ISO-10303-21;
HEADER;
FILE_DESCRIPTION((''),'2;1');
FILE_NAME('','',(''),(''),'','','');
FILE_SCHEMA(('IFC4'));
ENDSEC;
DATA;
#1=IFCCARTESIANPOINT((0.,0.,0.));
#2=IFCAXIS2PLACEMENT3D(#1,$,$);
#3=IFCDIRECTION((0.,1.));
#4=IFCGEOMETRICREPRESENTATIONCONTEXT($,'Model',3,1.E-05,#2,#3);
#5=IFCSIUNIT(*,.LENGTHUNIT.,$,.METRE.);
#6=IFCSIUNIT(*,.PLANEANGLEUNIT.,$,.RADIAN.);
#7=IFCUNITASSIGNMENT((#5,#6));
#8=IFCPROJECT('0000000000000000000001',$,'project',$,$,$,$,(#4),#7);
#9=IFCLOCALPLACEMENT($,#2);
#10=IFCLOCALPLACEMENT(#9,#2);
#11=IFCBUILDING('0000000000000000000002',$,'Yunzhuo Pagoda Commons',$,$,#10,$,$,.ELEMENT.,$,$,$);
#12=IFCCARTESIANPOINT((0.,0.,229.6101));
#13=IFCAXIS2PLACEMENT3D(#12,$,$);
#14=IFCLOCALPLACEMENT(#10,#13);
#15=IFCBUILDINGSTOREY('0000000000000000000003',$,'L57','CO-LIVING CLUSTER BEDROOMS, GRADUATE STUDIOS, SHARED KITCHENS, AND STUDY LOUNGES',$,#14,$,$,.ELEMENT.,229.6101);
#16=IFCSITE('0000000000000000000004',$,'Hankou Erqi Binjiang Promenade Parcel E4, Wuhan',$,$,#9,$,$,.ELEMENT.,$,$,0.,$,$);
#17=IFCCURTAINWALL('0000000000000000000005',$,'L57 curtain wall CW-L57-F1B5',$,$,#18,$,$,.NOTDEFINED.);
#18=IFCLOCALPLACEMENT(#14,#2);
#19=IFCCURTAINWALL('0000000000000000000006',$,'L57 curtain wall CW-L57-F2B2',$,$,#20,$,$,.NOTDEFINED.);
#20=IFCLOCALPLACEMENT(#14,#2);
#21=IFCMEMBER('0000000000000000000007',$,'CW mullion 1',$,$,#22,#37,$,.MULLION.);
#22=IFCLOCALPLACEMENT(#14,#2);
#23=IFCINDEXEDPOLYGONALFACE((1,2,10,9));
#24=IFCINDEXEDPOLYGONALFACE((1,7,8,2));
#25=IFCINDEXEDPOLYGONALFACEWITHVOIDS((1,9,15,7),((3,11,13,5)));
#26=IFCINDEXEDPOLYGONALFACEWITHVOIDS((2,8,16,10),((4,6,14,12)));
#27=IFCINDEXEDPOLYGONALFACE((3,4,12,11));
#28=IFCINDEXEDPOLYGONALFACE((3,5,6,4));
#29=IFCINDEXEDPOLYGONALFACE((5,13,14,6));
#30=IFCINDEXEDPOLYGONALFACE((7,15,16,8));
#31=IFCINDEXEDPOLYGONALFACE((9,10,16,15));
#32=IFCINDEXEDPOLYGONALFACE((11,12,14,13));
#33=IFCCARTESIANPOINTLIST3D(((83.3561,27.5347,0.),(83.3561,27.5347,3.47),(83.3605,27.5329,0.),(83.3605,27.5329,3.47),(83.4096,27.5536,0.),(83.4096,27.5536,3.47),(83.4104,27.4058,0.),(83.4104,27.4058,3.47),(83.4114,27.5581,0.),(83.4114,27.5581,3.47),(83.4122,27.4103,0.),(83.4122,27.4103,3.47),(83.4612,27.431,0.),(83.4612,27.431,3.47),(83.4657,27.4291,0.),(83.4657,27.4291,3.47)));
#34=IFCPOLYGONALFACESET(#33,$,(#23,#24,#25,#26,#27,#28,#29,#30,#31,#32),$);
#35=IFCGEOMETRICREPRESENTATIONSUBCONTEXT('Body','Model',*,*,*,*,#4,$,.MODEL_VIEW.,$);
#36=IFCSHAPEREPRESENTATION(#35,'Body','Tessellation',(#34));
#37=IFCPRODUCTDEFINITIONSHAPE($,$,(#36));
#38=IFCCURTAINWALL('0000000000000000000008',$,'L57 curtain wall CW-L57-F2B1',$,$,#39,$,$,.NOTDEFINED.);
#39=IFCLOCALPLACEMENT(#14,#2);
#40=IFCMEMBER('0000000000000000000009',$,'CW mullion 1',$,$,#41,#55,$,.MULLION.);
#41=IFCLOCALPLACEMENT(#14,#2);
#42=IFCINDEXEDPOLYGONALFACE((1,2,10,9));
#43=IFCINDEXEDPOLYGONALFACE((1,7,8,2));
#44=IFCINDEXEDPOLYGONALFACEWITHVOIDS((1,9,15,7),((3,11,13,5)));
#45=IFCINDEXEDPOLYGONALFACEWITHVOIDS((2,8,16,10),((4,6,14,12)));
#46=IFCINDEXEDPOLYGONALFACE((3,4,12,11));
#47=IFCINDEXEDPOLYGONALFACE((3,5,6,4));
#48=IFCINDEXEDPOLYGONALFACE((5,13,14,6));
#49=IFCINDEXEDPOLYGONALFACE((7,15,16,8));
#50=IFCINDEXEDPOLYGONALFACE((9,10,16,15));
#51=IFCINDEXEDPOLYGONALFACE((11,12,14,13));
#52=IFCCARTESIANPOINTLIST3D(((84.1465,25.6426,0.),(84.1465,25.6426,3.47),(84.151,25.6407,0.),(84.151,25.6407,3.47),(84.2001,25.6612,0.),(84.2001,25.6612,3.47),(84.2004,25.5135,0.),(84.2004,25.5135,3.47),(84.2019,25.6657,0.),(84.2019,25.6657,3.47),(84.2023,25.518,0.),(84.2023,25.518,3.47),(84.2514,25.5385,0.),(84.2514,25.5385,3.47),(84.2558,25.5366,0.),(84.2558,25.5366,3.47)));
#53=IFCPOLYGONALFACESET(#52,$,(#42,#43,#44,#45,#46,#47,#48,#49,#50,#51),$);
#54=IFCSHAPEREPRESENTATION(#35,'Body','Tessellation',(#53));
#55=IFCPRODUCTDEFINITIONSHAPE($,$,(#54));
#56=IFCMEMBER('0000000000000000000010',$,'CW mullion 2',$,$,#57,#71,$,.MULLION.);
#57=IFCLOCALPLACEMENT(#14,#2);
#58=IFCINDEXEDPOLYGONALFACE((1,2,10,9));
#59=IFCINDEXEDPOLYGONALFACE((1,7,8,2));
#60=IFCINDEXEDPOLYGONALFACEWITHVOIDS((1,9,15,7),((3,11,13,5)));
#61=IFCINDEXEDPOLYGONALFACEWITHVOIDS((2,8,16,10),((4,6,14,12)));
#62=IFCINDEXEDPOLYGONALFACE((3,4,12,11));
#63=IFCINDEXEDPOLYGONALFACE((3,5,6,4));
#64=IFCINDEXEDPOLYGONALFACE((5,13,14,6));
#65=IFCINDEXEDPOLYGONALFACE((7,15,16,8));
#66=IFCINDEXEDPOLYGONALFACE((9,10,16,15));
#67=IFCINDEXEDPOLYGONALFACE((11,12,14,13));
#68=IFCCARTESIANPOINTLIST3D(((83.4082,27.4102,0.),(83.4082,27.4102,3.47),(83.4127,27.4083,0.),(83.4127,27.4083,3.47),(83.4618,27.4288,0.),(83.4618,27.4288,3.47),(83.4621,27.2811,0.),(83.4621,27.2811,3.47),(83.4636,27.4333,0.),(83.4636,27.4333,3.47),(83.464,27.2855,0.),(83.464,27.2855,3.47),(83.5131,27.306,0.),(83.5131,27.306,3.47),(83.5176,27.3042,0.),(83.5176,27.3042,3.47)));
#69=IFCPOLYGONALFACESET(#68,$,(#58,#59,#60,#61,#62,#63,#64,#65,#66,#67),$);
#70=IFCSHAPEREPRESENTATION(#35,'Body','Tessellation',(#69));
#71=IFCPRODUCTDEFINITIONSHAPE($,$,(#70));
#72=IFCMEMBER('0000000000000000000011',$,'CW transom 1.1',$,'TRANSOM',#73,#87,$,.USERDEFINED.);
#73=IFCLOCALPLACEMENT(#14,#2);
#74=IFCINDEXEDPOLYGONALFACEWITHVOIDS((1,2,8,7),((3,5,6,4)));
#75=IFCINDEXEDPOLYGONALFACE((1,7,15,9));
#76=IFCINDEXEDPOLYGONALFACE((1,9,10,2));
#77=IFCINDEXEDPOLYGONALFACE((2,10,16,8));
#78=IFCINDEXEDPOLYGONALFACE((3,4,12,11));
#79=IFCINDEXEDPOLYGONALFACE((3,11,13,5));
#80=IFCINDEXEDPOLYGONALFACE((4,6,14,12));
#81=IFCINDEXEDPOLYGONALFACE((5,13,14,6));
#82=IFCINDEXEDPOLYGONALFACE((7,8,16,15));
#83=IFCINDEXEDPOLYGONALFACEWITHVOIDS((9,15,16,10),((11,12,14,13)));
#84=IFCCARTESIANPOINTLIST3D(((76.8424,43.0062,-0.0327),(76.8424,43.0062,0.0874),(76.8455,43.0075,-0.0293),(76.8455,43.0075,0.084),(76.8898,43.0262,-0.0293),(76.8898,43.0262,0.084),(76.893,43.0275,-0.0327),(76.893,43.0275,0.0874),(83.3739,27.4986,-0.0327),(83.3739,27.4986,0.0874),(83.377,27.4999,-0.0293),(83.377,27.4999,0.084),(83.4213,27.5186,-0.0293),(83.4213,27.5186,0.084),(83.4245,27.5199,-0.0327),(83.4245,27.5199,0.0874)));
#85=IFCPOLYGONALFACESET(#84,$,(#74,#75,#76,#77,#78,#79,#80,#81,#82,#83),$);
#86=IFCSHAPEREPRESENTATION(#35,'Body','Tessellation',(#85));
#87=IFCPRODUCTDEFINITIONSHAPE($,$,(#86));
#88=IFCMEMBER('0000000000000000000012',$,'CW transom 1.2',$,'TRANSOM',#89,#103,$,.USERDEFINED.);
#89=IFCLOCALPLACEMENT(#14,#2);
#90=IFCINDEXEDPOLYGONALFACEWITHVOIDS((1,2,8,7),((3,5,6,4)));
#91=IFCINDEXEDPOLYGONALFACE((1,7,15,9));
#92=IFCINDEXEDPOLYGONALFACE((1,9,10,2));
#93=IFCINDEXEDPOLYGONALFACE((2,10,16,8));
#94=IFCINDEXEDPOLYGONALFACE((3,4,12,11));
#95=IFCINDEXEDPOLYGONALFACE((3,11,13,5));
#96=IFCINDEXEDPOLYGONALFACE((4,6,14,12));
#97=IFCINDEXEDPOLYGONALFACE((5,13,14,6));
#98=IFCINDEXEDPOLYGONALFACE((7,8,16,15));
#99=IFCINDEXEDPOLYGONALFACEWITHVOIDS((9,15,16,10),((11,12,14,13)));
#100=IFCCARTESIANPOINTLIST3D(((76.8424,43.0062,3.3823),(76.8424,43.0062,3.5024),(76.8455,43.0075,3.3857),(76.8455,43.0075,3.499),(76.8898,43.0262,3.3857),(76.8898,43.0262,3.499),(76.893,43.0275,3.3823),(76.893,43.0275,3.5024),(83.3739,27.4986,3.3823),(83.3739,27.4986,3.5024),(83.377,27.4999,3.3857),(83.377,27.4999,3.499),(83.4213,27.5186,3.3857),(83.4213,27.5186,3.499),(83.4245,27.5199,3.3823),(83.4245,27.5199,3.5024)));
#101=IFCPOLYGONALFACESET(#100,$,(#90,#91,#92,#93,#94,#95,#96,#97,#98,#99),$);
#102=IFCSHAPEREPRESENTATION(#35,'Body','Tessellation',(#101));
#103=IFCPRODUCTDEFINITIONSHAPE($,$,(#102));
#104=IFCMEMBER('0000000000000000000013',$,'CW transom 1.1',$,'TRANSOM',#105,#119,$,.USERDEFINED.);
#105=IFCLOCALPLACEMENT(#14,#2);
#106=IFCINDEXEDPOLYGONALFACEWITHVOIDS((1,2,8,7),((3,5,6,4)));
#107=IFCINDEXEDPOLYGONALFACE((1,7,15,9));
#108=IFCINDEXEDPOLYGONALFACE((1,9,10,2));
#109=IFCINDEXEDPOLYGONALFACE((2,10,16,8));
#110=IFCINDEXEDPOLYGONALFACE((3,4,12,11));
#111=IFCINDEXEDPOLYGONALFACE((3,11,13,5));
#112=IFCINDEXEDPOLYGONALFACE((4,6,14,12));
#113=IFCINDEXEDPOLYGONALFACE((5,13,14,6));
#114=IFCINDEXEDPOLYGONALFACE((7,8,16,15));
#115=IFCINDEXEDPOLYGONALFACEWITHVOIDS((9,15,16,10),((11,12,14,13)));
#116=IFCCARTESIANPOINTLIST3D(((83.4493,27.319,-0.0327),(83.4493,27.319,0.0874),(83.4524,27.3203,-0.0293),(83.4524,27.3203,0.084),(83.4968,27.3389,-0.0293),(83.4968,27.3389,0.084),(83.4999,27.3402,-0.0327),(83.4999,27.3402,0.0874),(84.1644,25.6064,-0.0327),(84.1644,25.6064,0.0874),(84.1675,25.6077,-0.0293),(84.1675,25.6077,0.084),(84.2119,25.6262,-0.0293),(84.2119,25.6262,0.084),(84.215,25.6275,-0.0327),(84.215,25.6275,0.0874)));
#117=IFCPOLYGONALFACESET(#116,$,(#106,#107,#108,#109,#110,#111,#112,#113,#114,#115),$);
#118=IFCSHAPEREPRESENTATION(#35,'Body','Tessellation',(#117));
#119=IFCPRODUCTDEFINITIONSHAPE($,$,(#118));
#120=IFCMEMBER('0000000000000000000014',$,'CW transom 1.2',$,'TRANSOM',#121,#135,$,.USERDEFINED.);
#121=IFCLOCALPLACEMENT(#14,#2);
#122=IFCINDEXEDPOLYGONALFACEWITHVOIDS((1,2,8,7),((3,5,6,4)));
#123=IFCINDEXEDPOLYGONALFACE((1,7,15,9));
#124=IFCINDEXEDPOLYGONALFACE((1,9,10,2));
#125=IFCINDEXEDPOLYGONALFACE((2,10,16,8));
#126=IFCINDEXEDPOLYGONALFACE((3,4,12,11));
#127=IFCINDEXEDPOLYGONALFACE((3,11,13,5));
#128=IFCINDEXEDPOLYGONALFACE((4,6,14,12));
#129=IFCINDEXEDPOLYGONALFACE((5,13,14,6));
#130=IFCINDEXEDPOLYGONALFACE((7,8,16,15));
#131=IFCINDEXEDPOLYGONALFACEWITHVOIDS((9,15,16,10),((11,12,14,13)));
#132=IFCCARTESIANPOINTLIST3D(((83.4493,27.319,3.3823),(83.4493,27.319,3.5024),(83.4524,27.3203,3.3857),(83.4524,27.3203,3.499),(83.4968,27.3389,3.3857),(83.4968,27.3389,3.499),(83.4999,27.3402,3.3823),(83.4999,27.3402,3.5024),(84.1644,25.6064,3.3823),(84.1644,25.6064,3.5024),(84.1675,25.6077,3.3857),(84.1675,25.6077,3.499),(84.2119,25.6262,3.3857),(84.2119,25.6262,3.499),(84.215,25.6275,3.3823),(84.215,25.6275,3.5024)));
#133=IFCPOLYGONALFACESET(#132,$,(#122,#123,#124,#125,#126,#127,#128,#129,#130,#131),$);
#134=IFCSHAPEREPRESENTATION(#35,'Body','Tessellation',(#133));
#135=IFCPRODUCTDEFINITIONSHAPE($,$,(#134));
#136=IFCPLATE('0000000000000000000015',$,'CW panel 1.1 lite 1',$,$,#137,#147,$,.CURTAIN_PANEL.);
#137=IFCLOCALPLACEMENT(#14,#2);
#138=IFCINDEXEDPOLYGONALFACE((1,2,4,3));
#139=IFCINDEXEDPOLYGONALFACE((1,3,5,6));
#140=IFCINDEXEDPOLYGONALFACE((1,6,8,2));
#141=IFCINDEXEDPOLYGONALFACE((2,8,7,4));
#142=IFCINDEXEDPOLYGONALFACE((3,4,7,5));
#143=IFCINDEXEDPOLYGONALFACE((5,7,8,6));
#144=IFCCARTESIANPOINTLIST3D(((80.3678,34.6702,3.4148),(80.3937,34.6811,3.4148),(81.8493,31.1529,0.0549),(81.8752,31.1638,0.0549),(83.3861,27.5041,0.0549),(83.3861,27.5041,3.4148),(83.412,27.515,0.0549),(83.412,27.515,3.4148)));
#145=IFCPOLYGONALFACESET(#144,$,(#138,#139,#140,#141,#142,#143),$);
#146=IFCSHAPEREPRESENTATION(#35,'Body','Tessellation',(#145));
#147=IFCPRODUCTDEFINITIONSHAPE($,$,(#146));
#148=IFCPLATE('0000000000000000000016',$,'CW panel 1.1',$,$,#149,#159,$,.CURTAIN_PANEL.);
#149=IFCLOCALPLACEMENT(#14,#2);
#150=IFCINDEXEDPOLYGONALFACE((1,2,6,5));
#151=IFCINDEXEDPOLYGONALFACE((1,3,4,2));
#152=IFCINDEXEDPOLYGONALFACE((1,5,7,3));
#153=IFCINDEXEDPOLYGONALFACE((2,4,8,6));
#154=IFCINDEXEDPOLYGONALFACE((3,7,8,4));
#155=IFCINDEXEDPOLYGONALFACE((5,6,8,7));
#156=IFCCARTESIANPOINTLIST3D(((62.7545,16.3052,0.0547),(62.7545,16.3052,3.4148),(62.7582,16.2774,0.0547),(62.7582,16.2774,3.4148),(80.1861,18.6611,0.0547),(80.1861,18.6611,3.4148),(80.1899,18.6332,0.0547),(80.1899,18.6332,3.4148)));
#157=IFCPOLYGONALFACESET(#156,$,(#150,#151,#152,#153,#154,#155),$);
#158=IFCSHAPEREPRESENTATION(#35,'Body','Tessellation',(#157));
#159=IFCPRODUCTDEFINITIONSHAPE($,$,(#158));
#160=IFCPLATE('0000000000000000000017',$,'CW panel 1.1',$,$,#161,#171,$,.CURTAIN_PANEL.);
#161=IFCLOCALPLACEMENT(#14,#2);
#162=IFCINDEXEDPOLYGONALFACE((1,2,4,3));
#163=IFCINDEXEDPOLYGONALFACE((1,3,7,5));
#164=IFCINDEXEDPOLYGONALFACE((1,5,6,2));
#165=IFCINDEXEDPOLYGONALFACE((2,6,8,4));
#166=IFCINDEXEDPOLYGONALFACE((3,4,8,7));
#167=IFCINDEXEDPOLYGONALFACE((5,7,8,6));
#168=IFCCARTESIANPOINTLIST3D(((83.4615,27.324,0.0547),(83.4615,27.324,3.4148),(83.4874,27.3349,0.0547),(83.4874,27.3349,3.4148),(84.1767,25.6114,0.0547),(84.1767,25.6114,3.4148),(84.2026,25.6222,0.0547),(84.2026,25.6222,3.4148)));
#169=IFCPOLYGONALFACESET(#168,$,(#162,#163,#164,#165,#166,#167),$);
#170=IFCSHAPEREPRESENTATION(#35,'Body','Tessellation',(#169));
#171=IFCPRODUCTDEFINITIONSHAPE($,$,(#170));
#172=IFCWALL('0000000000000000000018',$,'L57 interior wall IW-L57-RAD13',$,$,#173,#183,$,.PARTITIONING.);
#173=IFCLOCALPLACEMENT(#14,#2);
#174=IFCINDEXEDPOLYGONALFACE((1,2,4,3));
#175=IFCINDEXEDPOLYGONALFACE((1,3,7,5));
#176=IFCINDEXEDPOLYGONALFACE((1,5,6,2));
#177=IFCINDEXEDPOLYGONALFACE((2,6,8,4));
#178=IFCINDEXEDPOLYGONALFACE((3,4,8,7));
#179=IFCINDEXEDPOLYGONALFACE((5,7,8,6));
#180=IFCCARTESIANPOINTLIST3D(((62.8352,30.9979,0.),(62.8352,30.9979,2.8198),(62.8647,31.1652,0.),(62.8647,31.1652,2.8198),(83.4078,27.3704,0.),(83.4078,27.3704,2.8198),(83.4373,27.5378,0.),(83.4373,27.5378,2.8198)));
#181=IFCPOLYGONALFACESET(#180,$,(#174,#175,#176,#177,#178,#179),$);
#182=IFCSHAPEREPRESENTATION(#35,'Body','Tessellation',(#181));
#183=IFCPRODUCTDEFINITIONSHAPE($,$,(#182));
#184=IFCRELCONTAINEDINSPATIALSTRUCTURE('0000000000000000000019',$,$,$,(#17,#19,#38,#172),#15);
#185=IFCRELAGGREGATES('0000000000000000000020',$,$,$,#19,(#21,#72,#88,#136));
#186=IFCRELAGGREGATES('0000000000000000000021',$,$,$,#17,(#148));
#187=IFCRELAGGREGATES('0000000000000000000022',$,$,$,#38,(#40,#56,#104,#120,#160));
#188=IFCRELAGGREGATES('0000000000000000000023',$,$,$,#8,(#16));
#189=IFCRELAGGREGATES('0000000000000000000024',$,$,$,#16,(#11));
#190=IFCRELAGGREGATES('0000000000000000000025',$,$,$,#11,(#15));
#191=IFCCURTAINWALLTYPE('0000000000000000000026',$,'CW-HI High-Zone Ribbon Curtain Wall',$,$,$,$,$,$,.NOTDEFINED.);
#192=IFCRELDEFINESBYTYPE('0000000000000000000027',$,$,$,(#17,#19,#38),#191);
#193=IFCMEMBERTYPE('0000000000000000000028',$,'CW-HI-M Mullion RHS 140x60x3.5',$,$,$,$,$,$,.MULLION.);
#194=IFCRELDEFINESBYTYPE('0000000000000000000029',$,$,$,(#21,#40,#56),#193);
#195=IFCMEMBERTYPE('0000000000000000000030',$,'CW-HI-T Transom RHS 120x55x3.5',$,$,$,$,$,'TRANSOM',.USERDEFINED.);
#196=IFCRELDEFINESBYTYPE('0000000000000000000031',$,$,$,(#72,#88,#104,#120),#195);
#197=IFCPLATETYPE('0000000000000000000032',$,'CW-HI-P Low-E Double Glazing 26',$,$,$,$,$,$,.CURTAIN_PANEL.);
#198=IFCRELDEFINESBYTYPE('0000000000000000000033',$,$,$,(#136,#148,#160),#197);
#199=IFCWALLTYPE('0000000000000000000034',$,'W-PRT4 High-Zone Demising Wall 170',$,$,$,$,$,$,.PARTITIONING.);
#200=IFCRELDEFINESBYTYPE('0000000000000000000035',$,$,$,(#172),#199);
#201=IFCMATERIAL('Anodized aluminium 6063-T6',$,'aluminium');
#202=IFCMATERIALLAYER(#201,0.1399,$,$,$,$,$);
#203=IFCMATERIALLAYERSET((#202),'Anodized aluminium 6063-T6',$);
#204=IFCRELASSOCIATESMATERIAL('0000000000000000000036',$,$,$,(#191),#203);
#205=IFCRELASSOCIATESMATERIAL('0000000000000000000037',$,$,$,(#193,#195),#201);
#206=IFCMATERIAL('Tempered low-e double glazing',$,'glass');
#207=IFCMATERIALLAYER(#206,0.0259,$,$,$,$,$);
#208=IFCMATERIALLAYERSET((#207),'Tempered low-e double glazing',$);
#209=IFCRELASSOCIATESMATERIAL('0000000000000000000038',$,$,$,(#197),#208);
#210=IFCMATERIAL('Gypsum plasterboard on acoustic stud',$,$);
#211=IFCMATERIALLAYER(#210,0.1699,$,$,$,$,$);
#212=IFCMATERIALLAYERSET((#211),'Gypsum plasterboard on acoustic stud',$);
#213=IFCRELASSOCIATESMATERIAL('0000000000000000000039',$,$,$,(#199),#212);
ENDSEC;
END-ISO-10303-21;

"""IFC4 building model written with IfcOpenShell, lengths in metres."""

from ifc_helpers import new_model, si_unit, direction, frame, frame_2d, origin, origin_2d, place, context, subcontext, project, spatial, polyline, rectangle, hollow_rectangle, outline, extrude, source, transform, mapped, material, layer, layer_set, material_profile, profile_set, type_object, element, aggregate, save


model = new_model("IFC4")

# Units and contexts
model_context = context("Model", 3, precision=1e-05, world=origin(), true_north=direction((0.0, 1.0)))
body_context = subcontext(model_context, "Body", "Model", "MODEL_VIEW")
ifc_project = project(units=[si_unit("LENGTHUNIT", "METRE"), si_unit("PLANEANGLEUNIT", "RADIAN")], contexts=[model_context])

# Site, building, storey
site_placement = place(None, origin())
site = spatial("IfcSite", under=ifc_project, at=site_placement, Name="Hankou Erqi Binjiang Promenade Parcel E4, Wuhan", CompositionType="ELEMENT", RefElevation=0.0)
building_placement = place(site_placement, origin())
building = spatial("IfcBuilding", under=site, at=building_placement, Name="Yunzhuo Pagoda Commons", CompositionType="ELEMENT")
storey_placement = place(building_placement, frame((0.0, 0.0, 229.6101)))
storey = spatial("IfcBuildingStorey", under=building, at=storey_placement, Name="L57", Description="CO-LIVING CLUSTER BEDROOMS, GRADUATE STUDIOS, SHARED KITCHENS, AND STUDY LOUNGES", CompositionType="ELEMENT", Elevation=229.6101)

# Curtain walls, member
ifc_material_1 = material(Name="Anodized aluminium 6063-T6", Category="aluminium")
ifc_layer_1 = layer(ifc_material_1, 0.1399)
ifc_layer_set_1 = layer_set([ifc_layer_1], Name="Anodized aluminium 6063-T6")
curtain_wall_type = type_object("IfcCurtainWallType", Name="CW-HI High-Zone Ribbon Curtain Wall", PredefinedType="NOTDEFINED", material=ifc_layer_set_1)
curtain_wall_1_placement = place(storey_placement, origin())
curtain_wall_1 = element("IfcCurtainWall", 1, at=curtain_wall_1_placement, inside=storey, type_object=curtain_wall_type, Name="L57 curtain wall CW-L57-F1B5", PredefinedType="NOTDEFINED")
ifc_material_profile_1 = material_profile(ifc_material_1, hollow_rectangle(XDim=0.0601, YDim=0.1399, WallThickness=0.0034, at=origin_2d()), Name="Anodized aluminium 6063-T6")
ifc_profile_set_1 = profile_set([ifc_material_profile_1], Name="Anodized aluminium 6063-T6")
member_type_1 = type_object("IfcMemberType", Name="CW-HI-M Mullion RHS 140x60x3.5", PredefinedType="MULLION", material=ifc_profile_set_1)
shared_shape_1 = source(origin(), body_context, "Body", "SweptSolid", [
    extrude(hollow_rectangle(XDim=0.0601, YDim=0.1399, WallThickness=0.0034, at=origin_2d()), origin(), (0.0, 0.0, 1.0), 3.47),
])
curtain_wall_2_placement = place(storey_placement, origin())
curtain_wall_2 = element("IfcCurtainWall", 2, at=curtain_wall_2_placement, inside=storey, type_object=curtain_wall_type, Name="L57 curtain wall CW-L57-F2B2", PredefinedType="NOTDEFINED")
member_1_placement = place(storey_placement, frame((83.4109, 27.4819, 0.0), z_axis=(0.0, 0.0, 1.0), x_axis=(-0.921589, -0.388167, 0.0)))
member_1 = element("IfcMember", 3, at=member_1_placement, type_object=member_type_1, Name="CW mullion 1", PredefinedType="MULLION", context=body_context, shape_type="MappedRepresentation", body=[
    mapped(shared_shape_1, transform((0.0, 0.0, 0.0), scale=1.0)),
])

# Curtain wall, members
curtain_wall_3_placement = place(storey_placement, origin())
curtain_wall_3 = element("IfcCurtainWall", 4, at=curtain_wall_3_placement, inside=storey, type_object=curtain_wall_type, Name="L57 curtain wall CW-L57-F2B1", PredefinedType="NOTDEFINED")
member_2_placement = place(storey_placement, frame((84.2012, 25.5896, 0.0), z_axis=(0.0, 0.0, 1.0), x_axis=(-0.922773, -0.385345, 0.0)))
member_2 = element("IfcMember", 5, at=member_2_placement, type_object=member_type_1, Name="CW mullion 1", PredefinedType="MULLION", context=body_context, shape_type="MappedRepresentation", body=[
    mapped(shared_shape_1, transform((0.0, 0.0, 0.0), scale=1.0)),
])
member_3_placement = place(storey_placement, frame((83.4629, 27.3572, 0.0), z_axis=(0.0, 0.0, 1.0), x_axis=(-0.922773, -0.385345, 0.0)))
member_3 = element("IfcMember", 6, at=member_3_placement, type_object=member_type_1, Name="CW mullion 2", PredefinedType="MULLION", context=body_context, shape_type="MappedRepresentation", body=[
    mapped(shared_shape_1, transform((0.0, 0.0, 0.0), scale=1.0)),
])

# Members
ifc_material_profile_2 = material_profile(ifc_material_1, hollow_rectangle(XDim=0.0549, YDim=0.1201, WallThickness=0.0034, at=origin_2d()), Name="Anodized aluminium 6063-T6")
ifc_profile_set_2 = profile_set([ifc_material_profile_2], Name="Anodized aluminium 6063-T6")
member_type_2 = type_object("IfcMemberType", Name="CW-HI-T Transom RHS 120x55x3.5", ElementType="TRANSOM", PredefinedType="USERDEFINED", material=ifc_profile_set_2)
shared_shape_2 = source(origin(), body_context, "Body", "SweptSolid", [
    extrude(hollow_rectangle(XDim=0.0549, YDim=0.1201, WallThickness=0.0034, at=origin_2d()), origin(), (0.0, 0.0, 1.0), 16.8269),
])
member_4_placement = place(storey_placement, frame((83.3992, 27.5093, 0.0273), z_axis=(-0.388158, 0.921593, 0.0), x_axis=(-0.921593, -0.388158, 0.0)))
member_4 = element("IfcMember", 7, at=member_4_placement, type_object=member_type_2, Name="CW transom 1.1", ObjectType="TRANSOM", PredefinedType="USERDEFINED", context=body_context, shape_type="MappedRepresentation", body=[
    mapped(shared_shape_2, transform((0.0, 0.0, 0.0), scale=1.0)),
])
member_5_placement = place(storey_placement, frame((83.3992, 27.5093, 3.4424), z_axis=(-0.388158, 0.921593, 0.0), x_axis=(-0.921593, -0.388158, 0.0)))
member_5 = element("IfcMember", 8, at=member_5_placement, type_object=member_type_2, Name="CW transom 1.2", ObjectType="TRANSOM", PredefinedType="USERDEFINED", context=body_context, shape_type="MappedRepresentation", body=[
    mapped(shared_shape_2, transform((0.0, 0.0, 0.0), scale=1.0)),
])
shared_shape_3 = source(origin(), body_context, "Body", "SweptSolid", [
    extrude(hollow_rectangle(XDim=0.0549, YDim=0.1201, WallThickness=0.0034, at=origin_2d()), origin(), (0.0, 0.0, 1.0), 1.856),
])
member_6_placement = place(storey_placement, frame((84.1897, 25.6169, 0.0273), z_axis=(-0.385297, 0.922793, 0.0), x_axis=(-0.922793, -0.385297, 0.0)))
member_6 = element("IfcMember", 9, at=member_6_placement, type_object=member_type_2, Name="CW transom 1.1", ObjectType="TRANSOM", PredefinedType="USERDEFINED", context=body_context, shape_type="MappedRepresentation", body=[
    mapped(shared_shape_3, transform((0.0, 0.0, 0.0), scale=1.0)),
])
member_7_placement = place(storey_placement, frame((84.1897, 25.6169, 3.4424), z_axis=(-0.385297, 0.922793, 0.0), x_axis=(-0.922793, -0.385297, 0.0)))
member_7 = element("IfcMember", 10, at=member_7_placement, type_object=member_type_2, Name="CW transom 1.2", ObjectType="TRANSOM", PredefinedType="USERDEFINED", context=body_context, shape_type="MappedRepresentation", body=[
    mapped(shared_shape_3, transform((0.0, 0.0, 0.0), scale=1.0)),
])

# Plates
ifc_material_2 = material(Name="Tempered low-e double glazing", Category="glass")
ifc_layer_2 = layer(ifc_material_2, 0.0259)
ifc_layer_set_2 = layer_set([ifc_layer_2], Name="Tempered low-e double glazing")
plate_type = type_object("IfcPlateType", Name="CW-HI-P Low-E Double Glazing 26", PredefinedType="CURTAIN_PANEL", material=ifc_layer_set_2)
plate_1_placement = place(storey_placement, frame((81.877, 31.0872, 1.7349), z_axis=(0.921589, 0.388167, 0.0), x_axis=(-0.388167, 0.921589, 0.0)))
plate_1 = element("IfcPlate", 11, at=plate_1_placement, type_object=plate_type, Name="CW panel 1.1 lite 1", PredefinedType="CURTAIN_PANEL", context=body_context, shape_type="SweptSolid", body=[
    extrude(outline(polyline([(-3.8879, -1.6799), (0.0713, -1.6799), (3.8879, 1.6799), (-3.8879, 1.6799), (-3.8879, -1.6799)])), origin(), (0.0, 0.0, 1.0), 0.0281),
])
aggregate(curtain_wall_2, [member_1, member_4, member_5, plate_1])
shared_shape_4 = source(origin(), body_context, "Body", "SweptSolid", [
    extrude(rectangle(XDim=17.5901, YDim=0.0281, at=origin_2d()), origin(), (0.0, 0.0, 1.0), 3.3601),
])
plate_2_placement = place(storey_placement, frame((71.4722, 17.4692, 0.0547), z_axis=(0.0, 0.0, 1.0), x_axis=(0.990991, 0.13393, 0.0)))
plate_2 = element("IfcPlate", 12, at=plate_2_placement, type_object=plate_type, Name="CW panel 1.1", PredefinedType="CURTAIN_PANEL", context=body_context, shape_type="MappedRepresentation", body=[
    mapped(shared_shape_4, transform((0.0, 0.0, 0.0), scale=1.0)),
])
aggregate(curtain_wall_1, [plate_2])
shared_shape_5 = source(origin(), body_context, "Body", "SweptSolid", [
    extrude(rectangle(XDim=1.856, YDim=0.0281, at=origin_2d()), origin(), (0.0, 0.0, 1.0), 3.3601),
])
plate_3_placement = place(storey_placement, frame((83.832, 26.4731, 0.0547), z_axis=(0.0, 0.0, 1.0), x_axis=(-0.385345, 0.922773, 0.0)))
plate_3 = element("IfcPlate", 13, at=plate_3_placement, type_object=plate_type, Name="CW panel 1.1", PredefinedType="CURTAIN_PANEL", context=body_context, shape_type="MappedRepresentation", body=[
    mapped(shared_shape_5, transform((0.0, 0.0, 0.0), scale=1.0)),
])
aggregate(curtain_wall_3, [member_2, member_3, member_6, member_7, plate_3])

# Wall
ifc_material_3 = material(Name="Gypsum plasterboard on acoustic stud")
ifc_layer_3 = layer(ifc_material_3, 0.1699)
ifc_layer_set_3 = layer_set([ifc_layer_3], Name="Gypsum plasterboard on acoustic stud")
wall_type_1 = type_object("IfcWallType", Name="W-PRT4 High-Zone Demising Wall 170", PredefinedType="PARTITIONING", material=ifc_layer_set_3)
wall_1_placement = place(storey_placement, frame((62.8501, 31.0815, 0.0), z_axis=(0.0, 0.0, 1.0), x_axis=(0.984808, -0.173646, 0.0)))
element("IfcWall", 14, at=wall_1_placement, inside=storey, type_object=wall_type_1, Name="L57 interior wall IW-L57-RAD13", PredefinedType="PARTITIONING", context=body_context, shape_type="SweptSolid", body=[
    extrude(rectangle(XDim=20.8899, YDim=0.1699, at=frame_2d((10.4448, 0.0))), origin(), (0.0, 0.0, 1.0), 2.8198),
])

save(model, "model.ifc")
